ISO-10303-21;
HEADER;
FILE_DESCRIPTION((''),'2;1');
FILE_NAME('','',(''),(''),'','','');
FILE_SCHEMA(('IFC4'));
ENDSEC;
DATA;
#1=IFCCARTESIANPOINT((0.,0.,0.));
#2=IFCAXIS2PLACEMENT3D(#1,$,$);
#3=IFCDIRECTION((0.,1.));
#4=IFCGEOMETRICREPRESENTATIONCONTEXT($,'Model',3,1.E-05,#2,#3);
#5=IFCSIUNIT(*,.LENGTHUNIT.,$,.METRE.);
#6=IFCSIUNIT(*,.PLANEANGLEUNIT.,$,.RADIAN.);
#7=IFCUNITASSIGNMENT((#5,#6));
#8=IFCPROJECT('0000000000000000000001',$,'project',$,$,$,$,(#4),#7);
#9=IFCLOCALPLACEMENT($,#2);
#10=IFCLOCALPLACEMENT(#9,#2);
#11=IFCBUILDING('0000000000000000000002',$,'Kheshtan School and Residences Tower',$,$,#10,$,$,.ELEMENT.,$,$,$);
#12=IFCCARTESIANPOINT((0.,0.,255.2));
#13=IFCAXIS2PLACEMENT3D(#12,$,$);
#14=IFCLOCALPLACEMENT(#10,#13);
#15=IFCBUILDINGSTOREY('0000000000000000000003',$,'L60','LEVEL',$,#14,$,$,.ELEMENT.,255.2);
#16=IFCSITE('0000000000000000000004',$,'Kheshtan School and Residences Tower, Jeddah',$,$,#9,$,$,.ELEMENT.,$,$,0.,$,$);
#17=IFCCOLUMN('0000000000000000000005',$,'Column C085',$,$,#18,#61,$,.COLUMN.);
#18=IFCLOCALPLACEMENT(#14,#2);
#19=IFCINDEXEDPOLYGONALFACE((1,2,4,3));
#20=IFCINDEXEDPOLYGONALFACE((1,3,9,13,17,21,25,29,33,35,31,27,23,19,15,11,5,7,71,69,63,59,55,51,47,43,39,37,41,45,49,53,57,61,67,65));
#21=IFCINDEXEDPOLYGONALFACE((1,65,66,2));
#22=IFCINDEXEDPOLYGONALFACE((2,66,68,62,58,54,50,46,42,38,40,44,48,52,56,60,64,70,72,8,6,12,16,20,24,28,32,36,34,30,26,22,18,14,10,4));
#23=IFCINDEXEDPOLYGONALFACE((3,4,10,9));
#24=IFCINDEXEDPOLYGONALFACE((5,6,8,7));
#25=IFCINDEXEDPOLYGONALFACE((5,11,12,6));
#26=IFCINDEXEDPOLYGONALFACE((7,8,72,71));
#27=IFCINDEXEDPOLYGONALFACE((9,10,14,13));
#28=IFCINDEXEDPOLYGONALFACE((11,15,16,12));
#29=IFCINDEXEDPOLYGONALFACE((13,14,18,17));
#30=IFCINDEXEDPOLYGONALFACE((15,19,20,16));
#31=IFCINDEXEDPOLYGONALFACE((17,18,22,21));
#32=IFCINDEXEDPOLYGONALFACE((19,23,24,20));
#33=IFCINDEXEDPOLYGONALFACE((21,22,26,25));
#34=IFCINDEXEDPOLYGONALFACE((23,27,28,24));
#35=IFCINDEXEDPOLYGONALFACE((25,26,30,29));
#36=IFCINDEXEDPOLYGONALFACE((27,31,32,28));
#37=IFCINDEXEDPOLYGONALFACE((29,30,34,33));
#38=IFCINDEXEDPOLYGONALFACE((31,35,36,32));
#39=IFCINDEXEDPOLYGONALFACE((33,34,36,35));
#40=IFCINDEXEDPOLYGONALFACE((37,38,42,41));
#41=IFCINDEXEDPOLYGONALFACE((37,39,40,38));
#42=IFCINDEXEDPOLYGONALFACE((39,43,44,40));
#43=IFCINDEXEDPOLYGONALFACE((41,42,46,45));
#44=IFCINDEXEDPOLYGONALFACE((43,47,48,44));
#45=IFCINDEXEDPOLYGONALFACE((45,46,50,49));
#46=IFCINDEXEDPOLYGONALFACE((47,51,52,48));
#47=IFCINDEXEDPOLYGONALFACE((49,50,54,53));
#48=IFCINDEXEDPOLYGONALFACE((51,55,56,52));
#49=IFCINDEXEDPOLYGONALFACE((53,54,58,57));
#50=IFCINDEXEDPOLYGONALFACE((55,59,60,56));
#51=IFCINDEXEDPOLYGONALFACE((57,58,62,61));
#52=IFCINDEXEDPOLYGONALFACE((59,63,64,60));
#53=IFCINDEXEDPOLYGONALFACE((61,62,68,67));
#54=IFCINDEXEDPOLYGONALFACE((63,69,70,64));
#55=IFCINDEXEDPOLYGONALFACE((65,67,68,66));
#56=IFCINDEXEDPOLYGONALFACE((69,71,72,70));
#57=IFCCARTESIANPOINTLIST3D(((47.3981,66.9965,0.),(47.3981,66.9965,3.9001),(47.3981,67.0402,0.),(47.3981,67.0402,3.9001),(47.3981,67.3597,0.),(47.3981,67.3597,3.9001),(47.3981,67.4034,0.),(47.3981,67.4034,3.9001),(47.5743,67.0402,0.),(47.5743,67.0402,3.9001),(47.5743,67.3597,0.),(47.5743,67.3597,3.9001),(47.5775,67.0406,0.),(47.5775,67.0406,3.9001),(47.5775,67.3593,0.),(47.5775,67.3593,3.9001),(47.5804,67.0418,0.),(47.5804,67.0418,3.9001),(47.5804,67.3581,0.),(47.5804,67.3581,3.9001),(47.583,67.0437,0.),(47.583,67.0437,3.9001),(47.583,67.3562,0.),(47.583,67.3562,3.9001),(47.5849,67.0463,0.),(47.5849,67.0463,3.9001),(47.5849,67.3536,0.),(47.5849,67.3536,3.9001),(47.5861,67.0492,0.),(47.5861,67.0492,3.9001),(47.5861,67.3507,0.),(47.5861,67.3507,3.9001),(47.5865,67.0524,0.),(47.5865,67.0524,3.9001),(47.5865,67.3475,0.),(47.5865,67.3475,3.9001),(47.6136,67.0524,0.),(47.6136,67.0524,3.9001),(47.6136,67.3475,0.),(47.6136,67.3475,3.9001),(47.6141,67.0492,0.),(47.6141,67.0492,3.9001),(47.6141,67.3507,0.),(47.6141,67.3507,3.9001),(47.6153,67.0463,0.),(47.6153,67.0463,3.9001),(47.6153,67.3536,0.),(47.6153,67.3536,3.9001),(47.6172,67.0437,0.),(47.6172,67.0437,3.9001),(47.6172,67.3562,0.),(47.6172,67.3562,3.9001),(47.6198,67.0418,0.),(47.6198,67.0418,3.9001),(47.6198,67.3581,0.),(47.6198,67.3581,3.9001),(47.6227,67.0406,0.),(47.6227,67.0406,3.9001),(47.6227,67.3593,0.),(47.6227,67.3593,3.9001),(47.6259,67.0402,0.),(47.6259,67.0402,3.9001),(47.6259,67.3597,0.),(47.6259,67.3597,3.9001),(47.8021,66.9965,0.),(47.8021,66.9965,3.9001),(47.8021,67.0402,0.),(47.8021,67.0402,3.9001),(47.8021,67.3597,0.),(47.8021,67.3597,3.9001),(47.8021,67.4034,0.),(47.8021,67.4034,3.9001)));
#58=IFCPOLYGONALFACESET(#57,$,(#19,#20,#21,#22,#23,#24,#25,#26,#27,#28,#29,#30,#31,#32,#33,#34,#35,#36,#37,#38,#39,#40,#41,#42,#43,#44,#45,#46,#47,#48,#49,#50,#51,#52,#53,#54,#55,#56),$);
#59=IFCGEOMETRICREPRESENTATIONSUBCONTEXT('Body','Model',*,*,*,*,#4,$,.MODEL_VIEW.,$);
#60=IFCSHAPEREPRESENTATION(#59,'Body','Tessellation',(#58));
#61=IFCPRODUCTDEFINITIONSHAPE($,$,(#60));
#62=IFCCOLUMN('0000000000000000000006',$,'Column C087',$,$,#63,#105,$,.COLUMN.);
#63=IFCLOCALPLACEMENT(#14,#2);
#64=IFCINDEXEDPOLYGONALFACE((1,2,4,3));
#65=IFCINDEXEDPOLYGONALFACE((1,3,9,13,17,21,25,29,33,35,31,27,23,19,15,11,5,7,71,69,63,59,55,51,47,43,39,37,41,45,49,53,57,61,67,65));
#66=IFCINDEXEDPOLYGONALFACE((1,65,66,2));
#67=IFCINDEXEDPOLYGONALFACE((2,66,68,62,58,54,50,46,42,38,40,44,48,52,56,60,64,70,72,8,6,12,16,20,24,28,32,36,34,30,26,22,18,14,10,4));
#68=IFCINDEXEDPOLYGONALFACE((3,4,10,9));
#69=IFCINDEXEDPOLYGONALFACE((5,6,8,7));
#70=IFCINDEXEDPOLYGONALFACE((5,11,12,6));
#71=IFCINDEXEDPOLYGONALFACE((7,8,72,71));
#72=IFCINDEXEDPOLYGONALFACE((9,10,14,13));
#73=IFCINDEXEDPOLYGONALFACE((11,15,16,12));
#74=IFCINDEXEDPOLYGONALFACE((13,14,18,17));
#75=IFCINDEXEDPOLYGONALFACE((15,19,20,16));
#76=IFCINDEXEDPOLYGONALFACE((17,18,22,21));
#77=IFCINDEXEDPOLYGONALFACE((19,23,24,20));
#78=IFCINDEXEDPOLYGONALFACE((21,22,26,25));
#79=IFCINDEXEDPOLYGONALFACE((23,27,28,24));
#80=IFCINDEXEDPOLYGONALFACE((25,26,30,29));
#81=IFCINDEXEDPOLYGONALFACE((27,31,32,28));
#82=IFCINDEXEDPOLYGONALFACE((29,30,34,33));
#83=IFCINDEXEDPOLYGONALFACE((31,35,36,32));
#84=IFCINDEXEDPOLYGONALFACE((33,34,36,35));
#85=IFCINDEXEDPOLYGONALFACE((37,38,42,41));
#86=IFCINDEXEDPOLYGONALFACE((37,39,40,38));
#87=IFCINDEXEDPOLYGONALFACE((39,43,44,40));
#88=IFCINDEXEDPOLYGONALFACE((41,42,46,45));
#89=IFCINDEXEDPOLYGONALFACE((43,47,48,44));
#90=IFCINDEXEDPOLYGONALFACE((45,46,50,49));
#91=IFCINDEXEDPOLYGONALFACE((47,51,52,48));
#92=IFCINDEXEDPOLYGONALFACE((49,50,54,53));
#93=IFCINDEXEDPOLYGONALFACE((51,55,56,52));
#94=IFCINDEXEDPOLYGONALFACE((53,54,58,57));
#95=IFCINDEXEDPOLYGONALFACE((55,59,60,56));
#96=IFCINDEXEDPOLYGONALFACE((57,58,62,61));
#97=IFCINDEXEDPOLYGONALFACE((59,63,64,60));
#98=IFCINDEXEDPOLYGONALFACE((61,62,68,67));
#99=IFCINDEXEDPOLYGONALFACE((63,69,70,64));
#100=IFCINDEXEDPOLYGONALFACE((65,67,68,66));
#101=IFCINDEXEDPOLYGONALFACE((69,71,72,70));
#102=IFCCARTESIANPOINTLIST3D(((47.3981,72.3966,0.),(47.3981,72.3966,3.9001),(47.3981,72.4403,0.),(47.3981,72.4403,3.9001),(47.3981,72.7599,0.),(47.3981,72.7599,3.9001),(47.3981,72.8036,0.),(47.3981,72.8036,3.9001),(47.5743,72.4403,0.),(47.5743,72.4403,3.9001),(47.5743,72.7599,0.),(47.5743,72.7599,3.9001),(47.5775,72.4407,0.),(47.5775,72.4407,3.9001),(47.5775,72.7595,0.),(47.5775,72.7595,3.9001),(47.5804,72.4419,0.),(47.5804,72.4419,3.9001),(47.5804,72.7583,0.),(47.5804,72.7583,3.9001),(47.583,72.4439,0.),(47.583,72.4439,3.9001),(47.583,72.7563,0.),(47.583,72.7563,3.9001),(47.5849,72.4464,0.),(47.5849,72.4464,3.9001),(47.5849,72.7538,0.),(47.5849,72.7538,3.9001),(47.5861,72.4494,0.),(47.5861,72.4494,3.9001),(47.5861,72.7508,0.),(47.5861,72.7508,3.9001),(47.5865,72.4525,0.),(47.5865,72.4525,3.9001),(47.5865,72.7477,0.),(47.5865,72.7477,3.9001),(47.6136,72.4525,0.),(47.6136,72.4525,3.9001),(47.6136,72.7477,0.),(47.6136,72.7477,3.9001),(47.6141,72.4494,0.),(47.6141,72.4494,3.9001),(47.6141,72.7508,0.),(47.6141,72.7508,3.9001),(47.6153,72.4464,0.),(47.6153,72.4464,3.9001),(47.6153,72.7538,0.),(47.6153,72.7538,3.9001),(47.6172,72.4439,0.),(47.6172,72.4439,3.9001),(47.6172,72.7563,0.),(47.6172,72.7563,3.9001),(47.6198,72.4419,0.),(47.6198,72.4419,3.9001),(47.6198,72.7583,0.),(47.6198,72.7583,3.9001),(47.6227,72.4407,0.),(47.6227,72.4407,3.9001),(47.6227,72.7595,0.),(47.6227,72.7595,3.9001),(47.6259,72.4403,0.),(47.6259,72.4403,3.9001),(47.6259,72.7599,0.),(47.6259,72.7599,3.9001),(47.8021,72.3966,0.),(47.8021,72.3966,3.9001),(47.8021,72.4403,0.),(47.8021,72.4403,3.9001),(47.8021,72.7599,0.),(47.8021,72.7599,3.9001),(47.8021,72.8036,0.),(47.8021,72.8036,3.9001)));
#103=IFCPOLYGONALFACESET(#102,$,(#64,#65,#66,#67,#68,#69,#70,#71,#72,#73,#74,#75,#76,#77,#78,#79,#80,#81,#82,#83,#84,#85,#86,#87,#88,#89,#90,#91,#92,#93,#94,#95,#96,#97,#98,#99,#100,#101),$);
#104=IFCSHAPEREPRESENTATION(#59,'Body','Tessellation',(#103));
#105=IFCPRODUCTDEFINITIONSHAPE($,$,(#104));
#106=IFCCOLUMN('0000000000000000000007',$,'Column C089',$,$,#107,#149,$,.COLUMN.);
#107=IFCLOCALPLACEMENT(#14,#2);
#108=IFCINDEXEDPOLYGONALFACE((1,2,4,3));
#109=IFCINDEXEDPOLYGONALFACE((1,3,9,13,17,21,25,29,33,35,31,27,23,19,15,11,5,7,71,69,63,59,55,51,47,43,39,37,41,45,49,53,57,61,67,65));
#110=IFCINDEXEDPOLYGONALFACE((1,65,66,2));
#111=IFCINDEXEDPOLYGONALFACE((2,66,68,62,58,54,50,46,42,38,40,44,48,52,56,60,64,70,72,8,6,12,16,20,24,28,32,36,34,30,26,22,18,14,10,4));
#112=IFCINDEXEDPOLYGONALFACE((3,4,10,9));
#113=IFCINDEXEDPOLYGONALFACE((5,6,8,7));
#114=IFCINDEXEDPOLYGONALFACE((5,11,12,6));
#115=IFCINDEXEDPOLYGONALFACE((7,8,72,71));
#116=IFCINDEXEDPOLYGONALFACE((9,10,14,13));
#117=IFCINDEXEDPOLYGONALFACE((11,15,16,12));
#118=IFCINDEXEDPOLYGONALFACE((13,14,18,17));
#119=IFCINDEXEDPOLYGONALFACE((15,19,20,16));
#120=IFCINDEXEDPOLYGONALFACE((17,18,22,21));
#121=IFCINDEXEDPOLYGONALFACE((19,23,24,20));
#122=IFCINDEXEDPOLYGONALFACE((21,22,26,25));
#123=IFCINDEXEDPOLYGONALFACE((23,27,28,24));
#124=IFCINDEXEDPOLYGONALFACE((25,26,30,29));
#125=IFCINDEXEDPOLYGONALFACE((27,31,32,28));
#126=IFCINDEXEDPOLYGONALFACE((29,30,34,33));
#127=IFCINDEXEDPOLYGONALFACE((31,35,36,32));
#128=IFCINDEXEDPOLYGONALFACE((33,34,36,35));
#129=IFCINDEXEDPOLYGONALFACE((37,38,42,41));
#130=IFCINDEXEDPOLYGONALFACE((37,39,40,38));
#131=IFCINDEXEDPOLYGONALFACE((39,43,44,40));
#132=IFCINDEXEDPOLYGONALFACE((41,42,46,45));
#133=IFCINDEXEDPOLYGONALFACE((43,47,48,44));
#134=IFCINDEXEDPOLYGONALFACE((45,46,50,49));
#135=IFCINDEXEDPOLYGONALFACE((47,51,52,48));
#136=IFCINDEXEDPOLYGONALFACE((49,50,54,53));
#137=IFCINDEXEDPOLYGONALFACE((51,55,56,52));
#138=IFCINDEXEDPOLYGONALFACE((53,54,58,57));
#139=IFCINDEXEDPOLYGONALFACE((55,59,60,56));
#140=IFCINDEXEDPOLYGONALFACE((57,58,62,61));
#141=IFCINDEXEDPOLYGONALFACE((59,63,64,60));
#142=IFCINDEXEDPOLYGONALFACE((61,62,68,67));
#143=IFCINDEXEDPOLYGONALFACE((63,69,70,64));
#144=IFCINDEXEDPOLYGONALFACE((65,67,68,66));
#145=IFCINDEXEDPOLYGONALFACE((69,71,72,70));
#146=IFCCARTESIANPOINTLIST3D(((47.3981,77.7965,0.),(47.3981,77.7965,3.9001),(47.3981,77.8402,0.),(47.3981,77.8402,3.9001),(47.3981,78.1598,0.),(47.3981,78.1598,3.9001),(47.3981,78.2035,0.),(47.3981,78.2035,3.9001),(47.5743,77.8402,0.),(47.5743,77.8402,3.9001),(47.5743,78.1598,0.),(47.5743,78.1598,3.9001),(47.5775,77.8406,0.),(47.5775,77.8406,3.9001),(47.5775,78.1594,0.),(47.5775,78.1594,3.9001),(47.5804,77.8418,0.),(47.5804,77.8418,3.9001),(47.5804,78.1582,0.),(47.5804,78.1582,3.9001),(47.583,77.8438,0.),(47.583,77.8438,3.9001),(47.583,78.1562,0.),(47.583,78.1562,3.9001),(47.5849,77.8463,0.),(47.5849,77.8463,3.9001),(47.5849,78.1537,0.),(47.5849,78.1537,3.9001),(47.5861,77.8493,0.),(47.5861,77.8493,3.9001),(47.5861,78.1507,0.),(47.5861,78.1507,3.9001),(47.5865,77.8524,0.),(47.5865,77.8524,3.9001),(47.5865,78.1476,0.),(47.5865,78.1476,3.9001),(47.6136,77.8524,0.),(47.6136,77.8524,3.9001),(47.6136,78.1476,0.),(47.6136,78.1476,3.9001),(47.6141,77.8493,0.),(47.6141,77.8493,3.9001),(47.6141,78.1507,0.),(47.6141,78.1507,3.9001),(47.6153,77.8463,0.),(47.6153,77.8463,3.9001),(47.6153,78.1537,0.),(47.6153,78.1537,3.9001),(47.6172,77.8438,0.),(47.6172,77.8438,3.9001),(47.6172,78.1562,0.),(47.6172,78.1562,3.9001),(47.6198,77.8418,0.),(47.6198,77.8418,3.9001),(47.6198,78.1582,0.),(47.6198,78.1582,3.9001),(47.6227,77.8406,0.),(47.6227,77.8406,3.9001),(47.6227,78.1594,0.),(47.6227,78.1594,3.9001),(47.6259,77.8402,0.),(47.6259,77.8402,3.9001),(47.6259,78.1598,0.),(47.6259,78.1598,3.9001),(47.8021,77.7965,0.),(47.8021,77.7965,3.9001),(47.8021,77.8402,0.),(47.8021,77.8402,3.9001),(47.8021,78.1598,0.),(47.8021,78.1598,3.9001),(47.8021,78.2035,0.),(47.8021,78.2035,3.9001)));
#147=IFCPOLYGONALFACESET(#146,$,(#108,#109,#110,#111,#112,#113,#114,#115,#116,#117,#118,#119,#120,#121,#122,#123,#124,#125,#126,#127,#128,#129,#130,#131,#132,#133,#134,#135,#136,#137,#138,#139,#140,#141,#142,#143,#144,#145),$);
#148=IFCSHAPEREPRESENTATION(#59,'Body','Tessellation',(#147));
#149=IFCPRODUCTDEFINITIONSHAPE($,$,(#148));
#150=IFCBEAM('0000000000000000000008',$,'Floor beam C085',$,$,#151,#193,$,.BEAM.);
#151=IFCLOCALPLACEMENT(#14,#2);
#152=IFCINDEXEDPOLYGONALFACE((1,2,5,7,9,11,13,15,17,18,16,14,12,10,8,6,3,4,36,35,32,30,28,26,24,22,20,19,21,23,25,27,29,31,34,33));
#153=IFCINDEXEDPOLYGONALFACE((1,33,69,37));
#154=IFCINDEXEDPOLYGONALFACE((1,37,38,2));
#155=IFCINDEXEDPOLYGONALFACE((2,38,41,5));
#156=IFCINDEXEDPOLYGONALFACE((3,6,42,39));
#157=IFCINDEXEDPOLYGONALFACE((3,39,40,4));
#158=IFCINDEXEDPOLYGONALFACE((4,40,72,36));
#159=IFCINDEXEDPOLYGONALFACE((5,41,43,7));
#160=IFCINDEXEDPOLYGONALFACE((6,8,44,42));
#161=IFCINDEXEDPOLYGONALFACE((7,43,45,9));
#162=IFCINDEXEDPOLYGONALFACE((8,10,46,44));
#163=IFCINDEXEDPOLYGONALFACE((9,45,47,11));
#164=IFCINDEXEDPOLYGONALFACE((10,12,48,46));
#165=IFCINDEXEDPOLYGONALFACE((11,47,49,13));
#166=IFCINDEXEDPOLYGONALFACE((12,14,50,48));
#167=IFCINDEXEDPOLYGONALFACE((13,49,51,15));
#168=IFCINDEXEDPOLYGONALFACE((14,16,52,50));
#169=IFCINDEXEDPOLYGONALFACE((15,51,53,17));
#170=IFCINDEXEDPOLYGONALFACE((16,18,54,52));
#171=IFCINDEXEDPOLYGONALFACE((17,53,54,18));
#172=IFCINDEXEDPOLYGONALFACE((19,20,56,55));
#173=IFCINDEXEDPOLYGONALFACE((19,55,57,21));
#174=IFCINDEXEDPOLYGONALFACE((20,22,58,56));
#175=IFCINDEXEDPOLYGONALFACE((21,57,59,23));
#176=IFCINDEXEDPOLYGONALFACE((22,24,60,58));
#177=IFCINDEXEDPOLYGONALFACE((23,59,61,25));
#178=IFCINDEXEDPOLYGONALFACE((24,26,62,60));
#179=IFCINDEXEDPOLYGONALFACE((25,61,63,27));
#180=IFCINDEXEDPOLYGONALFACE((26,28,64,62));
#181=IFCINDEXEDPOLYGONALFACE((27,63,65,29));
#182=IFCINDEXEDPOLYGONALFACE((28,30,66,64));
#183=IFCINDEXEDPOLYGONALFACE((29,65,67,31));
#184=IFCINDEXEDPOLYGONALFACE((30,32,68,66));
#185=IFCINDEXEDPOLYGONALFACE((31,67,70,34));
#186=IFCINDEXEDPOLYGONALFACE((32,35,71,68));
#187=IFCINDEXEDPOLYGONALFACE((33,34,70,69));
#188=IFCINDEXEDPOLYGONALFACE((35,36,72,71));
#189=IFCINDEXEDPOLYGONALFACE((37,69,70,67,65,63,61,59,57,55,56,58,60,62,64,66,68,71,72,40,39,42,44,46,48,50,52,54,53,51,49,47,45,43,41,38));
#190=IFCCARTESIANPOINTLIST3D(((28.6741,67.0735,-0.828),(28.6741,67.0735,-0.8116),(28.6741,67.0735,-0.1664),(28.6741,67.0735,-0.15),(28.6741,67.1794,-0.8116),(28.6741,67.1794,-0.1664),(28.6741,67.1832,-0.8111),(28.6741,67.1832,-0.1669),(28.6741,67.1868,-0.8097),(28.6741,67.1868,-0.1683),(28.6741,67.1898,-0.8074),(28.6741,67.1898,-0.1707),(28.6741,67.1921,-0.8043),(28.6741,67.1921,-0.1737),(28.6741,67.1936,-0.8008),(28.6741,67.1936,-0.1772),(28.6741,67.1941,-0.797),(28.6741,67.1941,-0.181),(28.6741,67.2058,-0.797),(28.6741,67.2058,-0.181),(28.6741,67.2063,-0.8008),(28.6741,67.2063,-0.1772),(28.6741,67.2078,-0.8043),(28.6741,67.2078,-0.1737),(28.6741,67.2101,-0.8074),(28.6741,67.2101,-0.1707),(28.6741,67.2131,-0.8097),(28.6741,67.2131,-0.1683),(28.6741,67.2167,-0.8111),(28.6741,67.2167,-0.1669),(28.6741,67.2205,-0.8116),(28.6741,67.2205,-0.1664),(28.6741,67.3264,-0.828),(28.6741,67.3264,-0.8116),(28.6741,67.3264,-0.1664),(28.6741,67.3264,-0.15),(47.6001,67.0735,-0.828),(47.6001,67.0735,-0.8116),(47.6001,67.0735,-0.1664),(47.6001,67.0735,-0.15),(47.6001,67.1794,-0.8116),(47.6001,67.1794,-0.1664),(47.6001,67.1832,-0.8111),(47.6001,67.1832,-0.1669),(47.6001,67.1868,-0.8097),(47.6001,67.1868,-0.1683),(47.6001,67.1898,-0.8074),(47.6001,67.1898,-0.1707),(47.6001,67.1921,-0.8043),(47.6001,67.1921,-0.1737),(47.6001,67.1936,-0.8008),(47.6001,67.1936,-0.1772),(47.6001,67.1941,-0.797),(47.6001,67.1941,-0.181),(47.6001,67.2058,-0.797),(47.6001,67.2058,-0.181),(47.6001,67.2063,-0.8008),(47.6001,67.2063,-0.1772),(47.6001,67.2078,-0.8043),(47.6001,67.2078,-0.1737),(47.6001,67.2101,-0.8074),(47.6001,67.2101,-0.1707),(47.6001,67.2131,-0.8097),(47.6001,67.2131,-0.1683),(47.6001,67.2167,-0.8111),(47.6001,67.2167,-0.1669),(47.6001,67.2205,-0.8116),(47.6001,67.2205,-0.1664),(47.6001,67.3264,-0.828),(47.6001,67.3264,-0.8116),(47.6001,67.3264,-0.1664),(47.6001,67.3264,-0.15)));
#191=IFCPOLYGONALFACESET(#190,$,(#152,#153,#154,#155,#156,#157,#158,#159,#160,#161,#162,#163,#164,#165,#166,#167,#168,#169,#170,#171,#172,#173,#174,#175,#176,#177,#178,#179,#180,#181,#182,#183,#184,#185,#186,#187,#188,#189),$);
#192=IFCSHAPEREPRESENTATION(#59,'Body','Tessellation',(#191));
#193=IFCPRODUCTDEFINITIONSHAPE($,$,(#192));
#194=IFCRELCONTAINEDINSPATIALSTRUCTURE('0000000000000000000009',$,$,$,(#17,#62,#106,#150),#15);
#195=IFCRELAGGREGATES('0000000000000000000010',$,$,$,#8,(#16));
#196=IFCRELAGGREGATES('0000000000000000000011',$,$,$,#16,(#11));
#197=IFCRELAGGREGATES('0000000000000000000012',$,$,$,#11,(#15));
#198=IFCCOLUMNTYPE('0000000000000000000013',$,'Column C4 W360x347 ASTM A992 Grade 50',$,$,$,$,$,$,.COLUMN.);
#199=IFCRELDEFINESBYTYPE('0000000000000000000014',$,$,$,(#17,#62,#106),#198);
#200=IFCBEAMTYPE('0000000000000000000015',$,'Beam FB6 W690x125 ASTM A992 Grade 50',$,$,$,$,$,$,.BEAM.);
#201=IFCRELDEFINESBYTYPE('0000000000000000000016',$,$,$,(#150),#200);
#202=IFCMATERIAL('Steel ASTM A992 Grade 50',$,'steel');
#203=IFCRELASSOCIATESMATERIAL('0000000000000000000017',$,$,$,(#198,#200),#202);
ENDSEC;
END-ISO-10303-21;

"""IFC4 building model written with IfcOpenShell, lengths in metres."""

from ifc_helpers import new_model, si_unit, direction, frame, origin, origin_2d, place, context, subcontext, project, spatial, i_section, extrude, material, material_profile, profile_set, type_object, element, save


model = new_model("IFC4")

# Units and contexts
model_context = context("Model", 3, precision=1e-05, world=origin(), true_north=direction((0.0, 1.0)))
body_context = subcontext(model_context, "Body", "Model", "MODEL_VIEW")
ifc_project = project(units=[si_unit("LENGTHUNIT", "METRE"), si_unit("PLANEANGLEUNIT", "RADIAN")], contexts=[model_context])

# Site, building, storey
site_placement = place(None, origin())
site = spatial("IfcSite", under=ifc_project, at=site_placement, Name="Kheshtan School and Residences Tower, Jeddah", CompositionType="ELEMENT", RefElevation=0.0)
building_placement = place(site_placement, origin())
building = spatial("IfcBuilding", under=site, at=building_placement, Name="Kheshtan School and Residences Tower", CompositionType="ELEMENT")
storey_placement = place(building_placement, frame((0.0, 0.0, 255.2)))
storey = spatial("IfcBuildingStorey", under=building, at=storey_placement, Name="L60", Description="LEVEL", CompositionType="ELEMENT", Elevation=255.2)

# Columns
ifc_material_1 = material(Name="Steel ASTM A992 Grade 50", Category="steel")
ifc_material_profile_1 = material_profile(ifc_material_1, i_section(OverallWidth=0.4041, OverallDepth=0.407, WebThickness=0.0271, FlangeThickness=0.0437, FilletRadius=0.0122, at=origin_2d()), Name="W360x347")
ifc_profile_set_1 = profile_set([ifc_material_profile_1], Name="Steel ASTM A992 Grade 50")
column_type = type_object("IfcColumnType", Name="Column C4 W360x347 ASTM A992 Grade 50", PredefinedType="COLUMN", material=ifc_profile_set_1)
for number, where, z_axis, x_axis, name in (
    (1, (47.6001, 67.2, 0.0), (0.0, 0.0, 1.0), (1.0, 0.0, 0.0), "Column C085"),
    (2, (47.6001, 72.6001, 0.0), (0.0, 0.0, 1.0), (1.0, 0.0, 0.0), "Column C087"),
    (3, (47.6001, 78.0, 0.0), (0.0, 0.0, 1.0), (1.0, 0.0, 0.0), "Column C089"),
):
    element("IfcColumn", number, at=place(storey_placement, frame(where, z_axis=z_axis, x_axis=x_axis)), inside=storey, type_object=column_type, Name=name, PredefinedType="COLUMN", context=body_context, shape_type="SweptSolid", body=[
        extrude(i_section(OverallWidth=0.4041, OverallDepth=0.407, WebThickness=0.0271, FlangeThickness=0.0437, FilletRadius=0.0122, at=origin_2d()), origin(), (0.0, 0.0, 1.0), 3.9001),
    ])

# Beam
ifc_material_profile_2 = material_profile(ifc_material_1, i_section(OverallWidth=0.2529, OverallDepth=0.678, WebThickness=0.0117, FlangeThickness=0.0164, FilletRadius=0.0146, at=origin_2d()), Name="W690x125")
ifc_profile_set_2 = profile_set([ifc_material_profile_2], Name="Steel ASTM A992 Grade 50")
beam_type_1 = type_object("IfcBeamType", Name="Beam FB6 W690x125 ASTM A992 Grade 50", PredefinedType="BEAM", material=ifc_profile_set_2)
beam_1_placement = place(storey_placement, frame((47.6001, 67.2, -0.489), z_axis=(-1.0, 0.0, 0.0), x_axis=(0.0, -1.0, 0.0)))
element("IfcBeam", 4, at=beam_1_placement, inside=storey, type_object=beam_type_1, Name="Floor beam C085", PredefinedType="BEAM", context=body_context, shape_type="SweptSolid", body=[
    extrude(i_section(OverallWidth=0.2529, OverallDepth=0.678, WebThickness=0.0117, FlangeThickness=0.0164, FilletRadius=0.0146, at=origin_2d()), origin(), (0.0, 0.0, 1.0), 18.926),
])

save(model, "model.ifc")
